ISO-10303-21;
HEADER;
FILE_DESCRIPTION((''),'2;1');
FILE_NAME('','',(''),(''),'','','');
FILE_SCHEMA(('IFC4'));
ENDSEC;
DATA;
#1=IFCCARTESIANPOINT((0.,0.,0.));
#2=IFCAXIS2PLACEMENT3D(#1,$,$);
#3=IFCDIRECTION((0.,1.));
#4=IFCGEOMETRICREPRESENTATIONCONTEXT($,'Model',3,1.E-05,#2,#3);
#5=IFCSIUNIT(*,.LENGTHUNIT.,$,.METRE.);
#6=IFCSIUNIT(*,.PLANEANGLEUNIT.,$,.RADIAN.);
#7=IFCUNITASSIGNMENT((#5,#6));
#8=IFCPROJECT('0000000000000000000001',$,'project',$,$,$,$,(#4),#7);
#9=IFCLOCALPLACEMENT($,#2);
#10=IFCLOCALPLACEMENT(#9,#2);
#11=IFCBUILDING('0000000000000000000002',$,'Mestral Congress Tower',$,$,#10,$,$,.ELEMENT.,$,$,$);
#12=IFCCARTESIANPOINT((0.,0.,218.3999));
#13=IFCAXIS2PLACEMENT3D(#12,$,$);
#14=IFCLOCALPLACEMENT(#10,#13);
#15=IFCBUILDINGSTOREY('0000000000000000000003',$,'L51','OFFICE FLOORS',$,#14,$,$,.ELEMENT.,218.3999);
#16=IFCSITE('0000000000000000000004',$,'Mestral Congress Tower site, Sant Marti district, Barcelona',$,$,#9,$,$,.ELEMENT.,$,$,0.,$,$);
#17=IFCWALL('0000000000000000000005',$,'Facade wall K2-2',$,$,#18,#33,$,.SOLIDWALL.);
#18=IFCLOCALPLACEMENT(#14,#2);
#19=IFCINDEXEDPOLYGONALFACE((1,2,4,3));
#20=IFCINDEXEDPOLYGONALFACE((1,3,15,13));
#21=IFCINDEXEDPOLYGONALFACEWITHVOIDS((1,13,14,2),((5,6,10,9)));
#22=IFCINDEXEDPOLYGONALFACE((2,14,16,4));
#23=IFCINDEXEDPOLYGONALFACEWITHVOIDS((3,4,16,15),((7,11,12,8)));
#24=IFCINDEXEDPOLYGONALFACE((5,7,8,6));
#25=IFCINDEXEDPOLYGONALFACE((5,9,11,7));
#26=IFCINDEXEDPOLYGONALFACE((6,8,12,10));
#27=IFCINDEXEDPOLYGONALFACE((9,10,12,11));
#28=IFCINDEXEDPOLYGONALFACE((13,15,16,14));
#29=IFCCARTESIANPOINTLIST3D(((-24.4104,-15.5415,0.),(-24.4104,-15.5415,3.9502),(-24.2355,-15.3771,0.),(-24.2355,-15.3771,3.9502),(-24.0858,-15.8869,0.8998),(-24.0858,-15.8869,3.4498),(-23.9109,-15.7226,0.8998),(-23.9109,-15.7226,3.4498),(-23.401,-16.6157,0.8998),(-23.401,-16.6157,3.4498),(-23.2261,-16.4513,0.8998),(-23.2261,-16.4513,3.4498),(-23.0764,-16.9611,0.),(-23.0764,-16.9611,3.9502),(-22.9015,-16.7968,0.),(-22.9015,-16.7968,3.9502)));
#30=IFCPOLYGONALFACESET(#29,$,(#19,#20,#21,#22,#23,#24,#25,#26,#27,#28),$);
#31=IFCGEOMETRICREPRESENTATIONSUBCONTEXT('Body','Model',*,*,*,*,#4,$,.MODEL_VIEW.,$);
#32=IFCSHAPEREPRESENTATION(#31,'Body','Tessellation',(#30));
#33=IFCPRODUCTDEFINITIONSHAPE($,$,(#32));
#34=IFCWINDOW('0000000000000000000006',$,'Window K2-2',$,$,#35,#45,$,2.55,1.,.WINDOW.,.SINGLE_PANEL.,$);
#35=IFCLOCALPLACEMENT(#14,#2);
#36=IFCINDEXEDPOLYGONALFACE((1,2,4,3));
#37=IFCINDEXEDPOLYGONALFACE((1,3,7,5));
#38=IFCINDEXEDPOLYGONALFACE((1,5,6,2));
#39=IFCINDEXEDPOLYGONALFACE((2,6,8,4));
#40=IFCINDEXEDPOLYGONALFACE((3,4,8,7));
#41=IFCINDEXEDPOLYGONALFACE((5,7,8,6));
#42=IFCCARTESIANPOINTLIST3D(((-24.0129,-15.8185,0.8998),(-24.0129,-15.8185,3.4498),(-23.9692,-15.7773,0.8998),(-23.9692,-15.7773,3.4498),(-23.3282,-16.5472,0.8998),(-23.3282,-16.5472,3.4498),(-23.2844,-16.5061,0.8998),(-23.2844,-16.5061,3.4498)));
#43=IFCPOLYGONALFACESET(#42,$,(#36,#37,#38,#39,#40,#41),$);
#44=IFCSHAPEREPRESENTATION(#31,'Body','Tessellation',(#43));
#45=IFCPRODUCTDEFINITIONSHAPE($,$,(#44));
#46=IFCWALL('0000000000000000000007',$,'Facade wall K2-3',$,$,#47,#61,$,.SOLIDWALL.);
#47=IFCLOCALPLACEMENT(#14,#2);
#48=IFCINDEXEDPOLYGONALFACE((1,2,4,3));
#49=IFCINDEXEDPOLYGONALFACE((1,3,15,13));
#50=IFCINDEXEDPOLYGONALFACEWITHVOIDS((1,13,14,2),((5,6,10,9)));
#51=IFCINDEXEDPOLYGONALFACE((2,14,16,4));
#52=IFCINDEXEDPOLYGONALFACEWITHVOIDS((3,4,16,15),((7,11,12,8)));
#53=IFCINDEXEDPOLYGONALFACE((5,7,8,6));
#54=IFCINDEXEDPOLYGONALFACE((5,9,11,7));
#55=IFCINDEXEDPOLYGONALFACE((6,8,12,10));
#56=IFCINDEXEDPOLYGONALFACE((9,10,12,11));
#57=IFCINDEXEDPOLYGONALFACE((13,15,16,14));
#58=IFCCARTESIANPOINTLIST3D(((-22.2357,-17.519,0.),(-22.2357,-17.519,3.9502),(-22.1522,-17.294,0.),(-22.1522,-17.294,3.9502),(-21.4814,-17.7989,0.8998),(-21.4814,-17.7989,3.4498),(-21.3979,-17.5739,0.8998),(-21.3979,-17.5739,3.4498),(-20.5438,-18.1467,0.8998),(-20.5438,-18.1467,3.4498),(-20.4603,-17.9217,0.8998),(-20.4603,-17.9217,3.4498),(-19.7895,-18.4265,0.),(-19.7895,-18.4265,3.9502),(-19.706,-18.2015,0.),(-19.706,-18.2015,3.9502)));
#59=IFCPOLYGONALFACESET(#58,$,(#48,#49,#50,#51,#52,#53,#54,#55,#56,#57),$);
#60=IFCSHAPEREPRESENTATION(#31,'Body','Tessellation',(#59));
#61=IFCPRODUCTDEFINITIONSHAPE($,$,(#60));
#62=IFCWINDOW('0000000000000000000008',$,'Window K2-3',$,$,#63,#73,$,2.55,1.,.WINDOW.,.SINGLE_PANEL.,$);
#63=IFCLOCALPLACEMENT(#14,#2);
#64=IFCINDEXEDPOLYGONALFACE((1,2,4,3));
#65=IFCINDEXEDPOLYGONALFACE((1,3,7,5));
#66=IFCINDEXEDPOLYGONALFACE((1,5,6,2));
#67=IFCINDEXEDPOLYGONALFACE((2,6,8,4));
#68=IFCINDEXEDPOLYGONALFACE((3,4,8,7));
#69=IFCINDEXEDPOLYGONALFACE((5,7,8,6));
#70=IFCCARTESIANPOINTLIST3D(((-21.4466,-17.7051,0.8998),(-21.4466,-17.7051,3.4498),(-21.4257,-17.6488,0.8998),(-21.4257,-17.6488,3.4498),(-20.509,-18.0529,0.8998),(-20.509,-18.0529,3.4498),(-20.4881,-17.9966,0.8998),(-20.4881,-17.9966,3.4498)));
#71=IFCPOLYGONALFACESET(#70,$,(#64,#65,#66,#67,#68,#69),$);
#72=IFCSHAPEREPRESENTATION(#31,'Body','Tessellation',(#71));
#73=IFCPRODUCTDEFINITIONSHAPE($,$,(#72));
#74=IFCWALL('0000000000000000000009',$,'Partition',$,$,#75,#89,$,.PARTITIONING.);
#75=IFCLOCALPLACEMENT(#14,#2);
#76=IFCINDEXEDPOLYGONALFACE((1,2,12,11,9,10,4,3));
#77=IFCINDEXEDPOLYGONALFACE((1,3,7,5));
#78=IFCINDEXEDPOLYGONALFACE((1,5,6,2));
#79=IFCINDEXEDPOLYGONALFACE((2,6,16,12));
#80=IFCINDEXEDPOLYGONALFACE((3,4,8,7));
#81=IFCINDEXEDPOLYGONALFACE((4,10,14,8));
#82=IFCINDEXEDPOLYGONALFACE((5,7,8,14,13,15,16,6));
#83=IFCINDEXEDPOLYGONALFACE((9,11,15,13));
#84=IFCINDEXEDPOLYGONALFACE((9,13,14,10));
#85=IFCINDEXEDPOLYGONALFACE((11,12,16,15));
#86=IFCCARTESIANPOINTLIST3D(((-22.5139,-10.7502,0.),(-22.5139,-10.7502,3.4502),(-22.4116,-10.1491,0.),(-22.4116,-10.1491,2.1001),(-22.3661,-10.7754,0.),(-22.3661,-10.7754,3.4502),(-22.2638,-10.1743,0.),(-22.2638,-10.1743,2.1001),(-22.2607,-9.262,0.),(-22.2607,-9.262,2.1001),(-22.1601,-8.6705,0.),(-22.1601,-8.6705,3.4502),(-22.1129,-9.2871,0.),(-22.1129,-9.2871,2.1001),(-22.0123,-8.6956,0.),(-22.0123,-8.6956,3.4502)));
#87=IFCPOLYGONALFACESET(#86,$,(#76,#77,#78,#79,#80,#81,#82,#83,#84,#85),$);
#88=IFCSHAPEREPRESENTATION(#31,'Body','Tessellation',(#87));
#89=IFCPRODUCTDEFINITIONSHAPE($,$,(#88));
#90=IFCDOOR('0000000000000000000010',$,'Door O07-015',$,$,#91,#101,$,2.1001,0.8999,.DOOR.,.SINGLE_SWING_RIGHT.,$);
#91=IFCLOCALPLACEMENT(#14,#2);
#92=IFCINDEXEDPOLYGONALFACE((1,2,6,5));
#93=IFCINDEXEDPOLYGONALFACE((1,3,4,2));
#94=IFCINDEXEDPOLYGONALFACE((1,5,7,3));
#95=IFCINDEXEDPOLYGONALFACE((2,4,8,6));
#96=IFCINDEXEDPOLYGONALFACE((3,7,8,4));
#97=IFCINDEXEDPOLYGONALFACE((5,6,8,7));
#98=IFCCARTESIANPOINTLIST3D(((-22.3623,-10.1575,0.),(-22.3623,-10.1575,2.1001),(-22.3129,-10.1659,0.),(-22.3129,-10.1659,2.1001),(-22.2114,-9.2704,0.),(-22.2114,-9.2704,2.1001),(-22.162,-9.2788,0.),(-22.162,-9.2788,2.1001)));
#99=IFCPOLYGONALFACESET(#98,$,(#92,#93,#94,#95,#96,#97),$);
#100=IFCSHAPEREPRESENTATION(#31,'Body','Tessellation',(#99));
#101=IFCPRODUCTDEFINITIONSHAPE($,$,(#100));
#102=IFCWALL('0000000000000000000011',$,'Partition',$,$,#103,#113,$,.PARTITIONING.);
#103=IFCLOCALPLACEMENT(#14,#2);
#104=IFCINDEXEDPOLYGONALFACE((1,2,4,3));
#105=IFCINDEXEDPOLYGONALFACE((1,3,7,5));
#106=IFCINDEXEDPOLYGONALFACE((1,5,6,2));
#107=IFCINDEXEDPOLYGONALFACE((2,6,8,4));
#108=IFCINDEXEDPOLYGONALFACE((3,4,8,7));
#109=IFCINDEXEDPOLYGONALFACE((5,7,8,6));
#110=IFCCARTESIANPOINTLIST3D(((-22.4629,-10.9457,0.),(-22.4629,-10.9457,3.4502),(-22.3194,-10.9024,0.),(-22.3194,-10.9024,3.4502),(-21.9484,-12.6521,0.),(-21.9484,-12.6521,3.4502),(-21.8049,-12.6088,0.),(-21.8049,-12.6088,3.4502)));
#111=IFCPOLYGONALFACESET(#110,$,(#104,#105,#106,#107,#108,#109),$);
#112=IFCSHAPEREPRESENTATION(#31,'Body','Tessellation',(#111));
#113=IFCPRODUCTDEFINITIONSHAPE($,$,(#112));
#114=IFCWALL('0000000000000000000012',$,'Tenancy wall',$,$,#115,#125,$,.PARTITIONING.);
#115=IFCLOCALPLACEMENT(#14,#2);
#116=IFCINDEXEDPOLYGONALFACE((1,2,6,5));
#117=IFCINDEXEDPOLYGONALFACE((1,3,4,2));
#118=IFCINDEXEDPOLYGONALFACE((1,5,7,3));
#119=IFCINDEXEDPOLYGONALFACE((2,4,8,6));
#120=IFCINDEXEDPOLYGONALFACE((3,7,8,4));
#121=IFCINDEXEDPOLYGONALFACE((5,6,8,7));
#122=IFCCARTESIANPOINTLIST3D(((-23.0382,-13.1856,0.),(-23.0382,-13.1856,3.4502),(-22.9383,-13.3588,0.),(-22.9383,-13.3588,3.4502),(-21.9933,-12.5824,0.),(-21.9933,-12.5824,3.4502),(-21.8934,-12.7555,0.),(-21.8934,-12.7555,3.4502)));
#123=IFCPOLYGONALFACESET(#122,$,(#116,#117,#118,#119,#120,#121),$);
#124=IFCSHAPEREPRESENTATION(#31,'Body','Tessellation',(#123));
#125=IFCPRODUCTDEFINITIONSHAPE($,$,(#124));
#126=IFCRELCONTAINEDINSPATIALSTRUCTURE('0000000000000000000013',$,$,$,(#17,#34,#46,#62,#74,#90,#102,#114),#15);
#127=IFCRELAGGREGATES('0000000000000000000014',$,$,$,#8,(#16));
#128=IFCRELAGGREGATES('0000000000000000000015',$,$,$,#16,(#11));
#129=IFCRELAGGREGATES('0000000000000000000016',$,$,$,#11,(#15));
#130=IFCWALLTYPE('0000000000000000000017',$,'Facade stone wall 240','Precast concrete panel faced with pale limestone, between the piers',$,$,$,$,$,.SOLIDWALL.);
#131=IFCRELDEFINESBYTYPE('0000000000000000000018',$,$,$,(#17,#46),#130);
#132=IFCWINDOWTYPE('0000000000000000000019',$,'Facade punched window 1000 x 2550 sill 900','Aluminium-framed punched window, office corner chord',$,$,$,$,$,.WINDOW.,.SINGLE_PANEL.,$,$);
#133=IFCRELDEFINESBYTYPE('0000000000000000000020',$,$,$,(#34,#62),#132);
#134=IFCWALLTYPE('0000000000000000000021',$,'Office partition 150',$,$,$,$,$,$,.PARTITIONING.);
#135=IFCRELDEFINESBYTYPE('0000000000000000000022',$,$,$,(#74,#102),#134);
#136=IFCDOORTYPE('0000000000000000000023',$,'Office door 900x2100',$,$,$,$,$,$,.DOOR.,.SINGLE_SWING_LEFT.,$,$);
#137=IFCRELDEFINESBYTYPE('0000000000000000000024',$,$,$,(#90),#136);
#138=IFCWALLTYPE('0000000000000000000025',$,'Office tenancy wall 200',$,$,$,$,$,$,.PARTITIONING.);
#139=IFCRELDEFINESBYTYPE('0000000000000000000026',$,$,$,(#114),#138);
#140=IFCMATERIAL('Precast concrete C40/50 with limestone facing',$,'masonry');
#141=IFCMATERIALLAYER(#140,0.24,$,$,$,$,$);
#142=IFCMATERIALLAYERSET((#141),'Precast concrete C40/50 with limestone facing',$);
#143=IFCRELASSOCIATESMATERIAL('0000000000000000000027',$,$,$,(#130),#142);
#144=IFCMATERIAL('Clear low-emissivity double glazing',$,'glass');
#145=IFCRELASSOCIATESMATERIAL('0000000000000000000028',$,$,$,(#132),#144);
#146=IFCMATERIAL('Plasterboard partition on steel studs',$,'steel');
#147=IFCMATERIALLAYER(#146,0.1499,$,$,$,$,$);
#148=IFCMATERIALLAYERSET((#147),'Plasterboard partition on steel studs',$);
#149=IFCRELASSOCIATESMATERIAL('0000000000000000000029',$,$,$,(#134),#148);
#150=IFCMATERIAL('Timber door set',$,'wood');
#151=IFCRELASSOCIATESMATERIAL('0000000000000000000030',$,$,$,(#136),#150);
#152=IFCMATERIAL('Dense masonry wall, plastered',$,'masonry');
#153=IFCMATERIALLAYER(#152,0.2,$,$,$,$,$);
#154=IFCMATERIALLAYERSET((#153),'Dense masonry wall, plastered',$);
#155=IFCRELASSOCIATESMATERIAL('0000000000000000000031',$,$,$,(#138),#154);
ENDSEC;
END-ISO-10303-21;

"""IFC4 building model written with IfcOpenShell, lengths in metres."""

from ifc_helpers import new_model, si_unit, direction, frame, frame_2d, origin, place, context, subcontext, project, spatial, rectangle, extrude, material, layer, layer_set, type_object, element, fill, save


model = new_model("IFC4")

# Units and contexts
model_context = context("Model", 3, precision=1e-05, world=origin(), true_north=direction((0.0, 1.0)))
body_context = subcontext(model_context, "Body", "Model", "MODEL_VIEW")
ifc_project = project(units=[si_unit("LENGTHUNIT", "METRE"), si_unit("PLANEANGLEUNIT", "RADIAN")], contexts=[model_context])

# Site, building, storey
site_placement = place(None, origin())
site = spatial("IfcSite", under=ifc_project, at=site_placement, Name="Mestral Congress Tower site, Sant Marti district, Barcelona", CompositionType="ELEMENT", RefElevation=0.0)
building_placement = place(site_placement, origin())
building = spatial("IfcBuilding", under=site, at=building_placement, Name="Mestral Congress Tower", CompositionType="ELEMENT")
storey_placement = place(building_placement, frame((0.0, 0.0, 218.3999)))
storey = spatial("IfcBuildingStorey", under=building, at=storey_placement, Name="L51", Description="OFFICE FLOORS", CompositionType="ELEMENT", Elevation=218.3999)

# Walls, openings, windows
ifc_material_1 = material(Name="Precast concrete C40/50 with limestone facing", Category="masonry")
ifc_layer_1 = layer(ifc_material_1, 0.24)
ifc_layer_set_1 = layer_set([ifc_layer_1], Name="Precast concrete C40/50 with limestone facing")
wall_type_1 = type_object("IfcWallType", Name="Facade stone wall 240", Description="Precast concrete panel faced with pale limestone, between the piers", PredefinedType="SOLIDWALL", material=ifc_layer_set_1)
ifc_material_2 = material(Name="Clear low-emissivity double glazing", Category="glass")
window_type = type_object("IfcWindowType", Name="Facade punched window 1000 x 2550 sill 900", Description="Aluminium-framed punched window, office corner chord", PartitioningType="SINGLE_PANEL", PredefinedType="WINDOW", material=ifc_material_2)
wall_1_placement = place(storey_placement, frame((-24.323, -15.4592, 0.0), z_axis=(0.0, 0.0, 1.0), x_axis=(0.68477, -0.728759, 0.0)))
wall_1 = element("IfcWall", 1, at=wall_1_placement, inside=storey, type_object=wall_type_1, Name="Facade wall K2-2", PredefinedType="SOLIDWALL", context=body_context, shape_type="SweptSolid", body=[
    extrude(rectangle(XDim=1.948, YDim=0.24, at=frame_2d((0.9741, 0.0))), origin(), (0.0, 0.0, 1.0), 3.9502),
])
opening_1_placement = place(wall_1_placement, frame((0.4741, 0.0, 0.8999)))
opening_1 = element("IfcOpeningElement", 2, at=opening_1_placement, cuts=wall_1, PredefinedType="OPENING", context=body_context, shape_type="SweptSolid", body=[
    extrude(rectangle(XDim=1.0, YDim=2.55, at=frame_2d((0.5, 1.2749))), frame((0.0, 0.1299, 0.0), z_axis=(0.0, -1.0, 0.0), x_axis=(1.0, 0.0, 0.0)), (0.0, 0.0, 1.0), 0.26),
])
window_1_placement = place(opening_1_placement, origin())
window_1 = element("IfcWindow", 3, at=window_1_placement, inside=storey, type_object=window_type, Name="Window K2-2", OverallHeight=2.55, OverallWidth=1.0, PartitioningType="SINGLE_PANEL", PredefinedType="WINDOW", context=body_context, shape_type="SweptSolid", body=[
    extrude(rectangle(XDim=1.0, YDim=2.55, at=frame_2d((0.5, 1.2749))), frame((0.0, 0.04, 0.0), z_axis=(0.0, -1.0, 0.0), x_axis=(1.0, 0.0, 0.0)), (0.0, 0.0, 1.0), 0.0601),
])
fill(opening_1, window_1)
wall_2_placement = place(storey_placement, frame((-22.1941, -17.4065, 0.0), z_axis=(0.0, 0.0, 1.0), x_axis=(0.937569, -0.347799, 0.0)))
wall_2 = element("IfcWall", 4, at=wall_2_placement, inside=storey, type_object=wall_type_1, Name="Facade wall K2-3", PredefinedType="SOLIDWALL", context=body_context, shape_type="SweptSolid", body=[
    extrude(rectangle(XDim=2.6091, YDim=0.24, at=frame_2d((1.3047, 0.0))), origin(), (0.0, 0.0, 1.0), 3.9502),
])
opening_2_placement = place(wall_2_placement, frame((0.8047, 0.0, 0.8999)))
opening_2 = element("IfcOpeningElement", 5, at=opening_2_placement, cuts=wall_2, PredefinedType="OPENING", context=body_context, shape_type="SweptSolid", body=[
    extrude(rectangle(XDim=1.0, YDim=2.55, at=frame_2d((0.5, 1.2749))), frame((0.0, 0.1299, 0.0), z_axis=(0.0, -1.0, 0.0), x_axis=(1.0, 0.0, 0.0)), (0.0, 0.0, 1.0), 0.26),
])
window_2_placement = place(opening_2_placement, origin())
window_2 = element("IfcWindow", 6, at=window_2_placement, inside=storey, type_object=window_type, Name="Window K2-3", OverallHeight=2.55, OverallWidth=1.0, PartitioningType="SINGLE_PANEL", PredefinedType="WINDOW", context=body_context, shape_type="SweptSolid", body=[
    extrude(rectangle(XDim=1.0, YDim=2.55, at=frame_2d((0.5, 1.2749))), frame((0.0, 0.04, 0.0), z_axis=(0.0, -1.0, 0.0), x_axis=(1.0, 0.0, 0.0)), (0.0, 0.0, 1.0), 0.0601),
])
fill(opening_2, window_2)

# Wall, opening, door
ifc_material_3 = material(Name="Plasterboard partition on steel studs", Category="steel")
ifc_layer_2 = layer(ifc_material_3, 0.1499)
ifc_layer_set_2 = layer_set([ifc_layer_2], Name="Plasterboard partition on steel studs")
wall_type_2 = type_object("IfcWallType", Name="Office partition 150", PredefinedType="PARTITIONING", material=ifc_layer_set_2)
wall_3_placement = place(storey_placement, frame((-22.4399, -10.7627, 0.0), z_axis=(0.0, 0.0, 1.0), x_axis=(0.167682, 0.985841, 0.0)))
wall_3 = element("IfcWall", 7, at=wall_3_placement, inside=storey, type_object=wall_type_2, Name="Partition", PredefinedType="PARTITIONING", context=body_context, shape_type="SweptSolid", body=[
    extrude(rectangle(XDim=2.1096, YDim=0.1499, at=frame_2d((1.0547, 0.0))), origin(), (0.0, 0.0, 1.0), 3.4502),
])
opening_3_placement = place(wall_3_placement, frame((0.6096, 0.0, 0.0)))
opening_3 = element("IfcOpeningElement", 8, at=opening_3_placement, cuts=wall_3, PredefinedType="OPENING", context=body_context, shape_type="SweptSolid", body=[
    extrude(rectangle(XDim=0.8999, YDim=2.1001, at=frame_2d((0.45, 1.05))), frame((0.0, 0.085, 0.0), z_axis=(0.0, -1.0, 0.0), x_axis=(1.0, 0.0, 0.0)), (0.0, 0.0, 1.0), 0.1699),
])
ifc_material_4 = material(Name="Timber door set", Category="wood")
door_type = type_object("IfcDoorType", Name="Office door 900x2100", OperationType="SINGLE_SWING_LEFT", PredefinedType="DOOR", material=ifc_material_4)
door_placement = place(opening_3_placement, origin())
door = element("IfcDoor", 9, at=door_placement, inside=storey, type_object=door_type, Name="Door O07-015", OperationType="SINGLE_SWING_RIGHT", OverallHeight=2.1001, OverallWidth=0.8999, PredefinedType="DOOR", context=body_context, shape_type="SweptSolid", body=[
    extrude(rectangle(XDim=0.8999, YDim=2.1001, at=frame_2d((0.45, 1.05))), frame((0.0, 0.0249, 0.0), z_axis=(0.0, -1.0, 0.0), x_axis=(1.0, 0.0, 0.0)), (0.0, 0.0, 1.0), 0.05),
])
fill(opening_3, door)

# Walls
wall_4_placement = place(storey_placement, frame((-22.3911, -10.9241, 0.0), z_axis=(0.0, 0.0, 1.0), x_axis=(0.288642, -0.957437, 0.0)))
element("IfcWall", 10, at=wall_4_placement, inside=storey, type_object=wall_type_2, Name="Partition", PredefinedType="PARTITIONING", context=body_context, shape_type="SweptSolid", body=[
    extrude(rectangle(XDim=1.7822, YDim=0.1499, at=frame_2d((0.8911, 0.0))), origin(), (0.0, 0.0, 1.0), 3.4502),
])
ifc_material_5 = material(Name="Dense masonry wall, plastered", Category="masonry")
ifc_layer_3 = layer(ifc_material_5, 0.2)
ifc_layer_set_3 = layer_set([ifc_layer_3], Name="Dense masonry wall, plastered")
wall_type_3 = type_object("IfcWallType", Name="Office tenancy wall 200", PredefinedType="PARTITIONING", material=ifc_layer_set_3)
wall_5_placement = place(storey_placement, frame((-21.9434, -12.6689, 0.0), z_axis=(0.0, 0.0, 1.0), x_axis=(-0.866031, -0.499991, 0.0)))
element("IfcWall", 11, at=wall_5_placement, inside=storey, type_object=wall_type_3, Name="Tenancy wall", PredefinedType="PARTITIONING", context=body_context, shape_type="SweptSolid", body=[
    extrude(rectangle(XDim=1.2065, YDim=0.2, at=frame_2d((0.6033, 0.0))), origin(), (0.0, 0.0, 1.0), 3.4502),
])

save(model, "model.ifc")
